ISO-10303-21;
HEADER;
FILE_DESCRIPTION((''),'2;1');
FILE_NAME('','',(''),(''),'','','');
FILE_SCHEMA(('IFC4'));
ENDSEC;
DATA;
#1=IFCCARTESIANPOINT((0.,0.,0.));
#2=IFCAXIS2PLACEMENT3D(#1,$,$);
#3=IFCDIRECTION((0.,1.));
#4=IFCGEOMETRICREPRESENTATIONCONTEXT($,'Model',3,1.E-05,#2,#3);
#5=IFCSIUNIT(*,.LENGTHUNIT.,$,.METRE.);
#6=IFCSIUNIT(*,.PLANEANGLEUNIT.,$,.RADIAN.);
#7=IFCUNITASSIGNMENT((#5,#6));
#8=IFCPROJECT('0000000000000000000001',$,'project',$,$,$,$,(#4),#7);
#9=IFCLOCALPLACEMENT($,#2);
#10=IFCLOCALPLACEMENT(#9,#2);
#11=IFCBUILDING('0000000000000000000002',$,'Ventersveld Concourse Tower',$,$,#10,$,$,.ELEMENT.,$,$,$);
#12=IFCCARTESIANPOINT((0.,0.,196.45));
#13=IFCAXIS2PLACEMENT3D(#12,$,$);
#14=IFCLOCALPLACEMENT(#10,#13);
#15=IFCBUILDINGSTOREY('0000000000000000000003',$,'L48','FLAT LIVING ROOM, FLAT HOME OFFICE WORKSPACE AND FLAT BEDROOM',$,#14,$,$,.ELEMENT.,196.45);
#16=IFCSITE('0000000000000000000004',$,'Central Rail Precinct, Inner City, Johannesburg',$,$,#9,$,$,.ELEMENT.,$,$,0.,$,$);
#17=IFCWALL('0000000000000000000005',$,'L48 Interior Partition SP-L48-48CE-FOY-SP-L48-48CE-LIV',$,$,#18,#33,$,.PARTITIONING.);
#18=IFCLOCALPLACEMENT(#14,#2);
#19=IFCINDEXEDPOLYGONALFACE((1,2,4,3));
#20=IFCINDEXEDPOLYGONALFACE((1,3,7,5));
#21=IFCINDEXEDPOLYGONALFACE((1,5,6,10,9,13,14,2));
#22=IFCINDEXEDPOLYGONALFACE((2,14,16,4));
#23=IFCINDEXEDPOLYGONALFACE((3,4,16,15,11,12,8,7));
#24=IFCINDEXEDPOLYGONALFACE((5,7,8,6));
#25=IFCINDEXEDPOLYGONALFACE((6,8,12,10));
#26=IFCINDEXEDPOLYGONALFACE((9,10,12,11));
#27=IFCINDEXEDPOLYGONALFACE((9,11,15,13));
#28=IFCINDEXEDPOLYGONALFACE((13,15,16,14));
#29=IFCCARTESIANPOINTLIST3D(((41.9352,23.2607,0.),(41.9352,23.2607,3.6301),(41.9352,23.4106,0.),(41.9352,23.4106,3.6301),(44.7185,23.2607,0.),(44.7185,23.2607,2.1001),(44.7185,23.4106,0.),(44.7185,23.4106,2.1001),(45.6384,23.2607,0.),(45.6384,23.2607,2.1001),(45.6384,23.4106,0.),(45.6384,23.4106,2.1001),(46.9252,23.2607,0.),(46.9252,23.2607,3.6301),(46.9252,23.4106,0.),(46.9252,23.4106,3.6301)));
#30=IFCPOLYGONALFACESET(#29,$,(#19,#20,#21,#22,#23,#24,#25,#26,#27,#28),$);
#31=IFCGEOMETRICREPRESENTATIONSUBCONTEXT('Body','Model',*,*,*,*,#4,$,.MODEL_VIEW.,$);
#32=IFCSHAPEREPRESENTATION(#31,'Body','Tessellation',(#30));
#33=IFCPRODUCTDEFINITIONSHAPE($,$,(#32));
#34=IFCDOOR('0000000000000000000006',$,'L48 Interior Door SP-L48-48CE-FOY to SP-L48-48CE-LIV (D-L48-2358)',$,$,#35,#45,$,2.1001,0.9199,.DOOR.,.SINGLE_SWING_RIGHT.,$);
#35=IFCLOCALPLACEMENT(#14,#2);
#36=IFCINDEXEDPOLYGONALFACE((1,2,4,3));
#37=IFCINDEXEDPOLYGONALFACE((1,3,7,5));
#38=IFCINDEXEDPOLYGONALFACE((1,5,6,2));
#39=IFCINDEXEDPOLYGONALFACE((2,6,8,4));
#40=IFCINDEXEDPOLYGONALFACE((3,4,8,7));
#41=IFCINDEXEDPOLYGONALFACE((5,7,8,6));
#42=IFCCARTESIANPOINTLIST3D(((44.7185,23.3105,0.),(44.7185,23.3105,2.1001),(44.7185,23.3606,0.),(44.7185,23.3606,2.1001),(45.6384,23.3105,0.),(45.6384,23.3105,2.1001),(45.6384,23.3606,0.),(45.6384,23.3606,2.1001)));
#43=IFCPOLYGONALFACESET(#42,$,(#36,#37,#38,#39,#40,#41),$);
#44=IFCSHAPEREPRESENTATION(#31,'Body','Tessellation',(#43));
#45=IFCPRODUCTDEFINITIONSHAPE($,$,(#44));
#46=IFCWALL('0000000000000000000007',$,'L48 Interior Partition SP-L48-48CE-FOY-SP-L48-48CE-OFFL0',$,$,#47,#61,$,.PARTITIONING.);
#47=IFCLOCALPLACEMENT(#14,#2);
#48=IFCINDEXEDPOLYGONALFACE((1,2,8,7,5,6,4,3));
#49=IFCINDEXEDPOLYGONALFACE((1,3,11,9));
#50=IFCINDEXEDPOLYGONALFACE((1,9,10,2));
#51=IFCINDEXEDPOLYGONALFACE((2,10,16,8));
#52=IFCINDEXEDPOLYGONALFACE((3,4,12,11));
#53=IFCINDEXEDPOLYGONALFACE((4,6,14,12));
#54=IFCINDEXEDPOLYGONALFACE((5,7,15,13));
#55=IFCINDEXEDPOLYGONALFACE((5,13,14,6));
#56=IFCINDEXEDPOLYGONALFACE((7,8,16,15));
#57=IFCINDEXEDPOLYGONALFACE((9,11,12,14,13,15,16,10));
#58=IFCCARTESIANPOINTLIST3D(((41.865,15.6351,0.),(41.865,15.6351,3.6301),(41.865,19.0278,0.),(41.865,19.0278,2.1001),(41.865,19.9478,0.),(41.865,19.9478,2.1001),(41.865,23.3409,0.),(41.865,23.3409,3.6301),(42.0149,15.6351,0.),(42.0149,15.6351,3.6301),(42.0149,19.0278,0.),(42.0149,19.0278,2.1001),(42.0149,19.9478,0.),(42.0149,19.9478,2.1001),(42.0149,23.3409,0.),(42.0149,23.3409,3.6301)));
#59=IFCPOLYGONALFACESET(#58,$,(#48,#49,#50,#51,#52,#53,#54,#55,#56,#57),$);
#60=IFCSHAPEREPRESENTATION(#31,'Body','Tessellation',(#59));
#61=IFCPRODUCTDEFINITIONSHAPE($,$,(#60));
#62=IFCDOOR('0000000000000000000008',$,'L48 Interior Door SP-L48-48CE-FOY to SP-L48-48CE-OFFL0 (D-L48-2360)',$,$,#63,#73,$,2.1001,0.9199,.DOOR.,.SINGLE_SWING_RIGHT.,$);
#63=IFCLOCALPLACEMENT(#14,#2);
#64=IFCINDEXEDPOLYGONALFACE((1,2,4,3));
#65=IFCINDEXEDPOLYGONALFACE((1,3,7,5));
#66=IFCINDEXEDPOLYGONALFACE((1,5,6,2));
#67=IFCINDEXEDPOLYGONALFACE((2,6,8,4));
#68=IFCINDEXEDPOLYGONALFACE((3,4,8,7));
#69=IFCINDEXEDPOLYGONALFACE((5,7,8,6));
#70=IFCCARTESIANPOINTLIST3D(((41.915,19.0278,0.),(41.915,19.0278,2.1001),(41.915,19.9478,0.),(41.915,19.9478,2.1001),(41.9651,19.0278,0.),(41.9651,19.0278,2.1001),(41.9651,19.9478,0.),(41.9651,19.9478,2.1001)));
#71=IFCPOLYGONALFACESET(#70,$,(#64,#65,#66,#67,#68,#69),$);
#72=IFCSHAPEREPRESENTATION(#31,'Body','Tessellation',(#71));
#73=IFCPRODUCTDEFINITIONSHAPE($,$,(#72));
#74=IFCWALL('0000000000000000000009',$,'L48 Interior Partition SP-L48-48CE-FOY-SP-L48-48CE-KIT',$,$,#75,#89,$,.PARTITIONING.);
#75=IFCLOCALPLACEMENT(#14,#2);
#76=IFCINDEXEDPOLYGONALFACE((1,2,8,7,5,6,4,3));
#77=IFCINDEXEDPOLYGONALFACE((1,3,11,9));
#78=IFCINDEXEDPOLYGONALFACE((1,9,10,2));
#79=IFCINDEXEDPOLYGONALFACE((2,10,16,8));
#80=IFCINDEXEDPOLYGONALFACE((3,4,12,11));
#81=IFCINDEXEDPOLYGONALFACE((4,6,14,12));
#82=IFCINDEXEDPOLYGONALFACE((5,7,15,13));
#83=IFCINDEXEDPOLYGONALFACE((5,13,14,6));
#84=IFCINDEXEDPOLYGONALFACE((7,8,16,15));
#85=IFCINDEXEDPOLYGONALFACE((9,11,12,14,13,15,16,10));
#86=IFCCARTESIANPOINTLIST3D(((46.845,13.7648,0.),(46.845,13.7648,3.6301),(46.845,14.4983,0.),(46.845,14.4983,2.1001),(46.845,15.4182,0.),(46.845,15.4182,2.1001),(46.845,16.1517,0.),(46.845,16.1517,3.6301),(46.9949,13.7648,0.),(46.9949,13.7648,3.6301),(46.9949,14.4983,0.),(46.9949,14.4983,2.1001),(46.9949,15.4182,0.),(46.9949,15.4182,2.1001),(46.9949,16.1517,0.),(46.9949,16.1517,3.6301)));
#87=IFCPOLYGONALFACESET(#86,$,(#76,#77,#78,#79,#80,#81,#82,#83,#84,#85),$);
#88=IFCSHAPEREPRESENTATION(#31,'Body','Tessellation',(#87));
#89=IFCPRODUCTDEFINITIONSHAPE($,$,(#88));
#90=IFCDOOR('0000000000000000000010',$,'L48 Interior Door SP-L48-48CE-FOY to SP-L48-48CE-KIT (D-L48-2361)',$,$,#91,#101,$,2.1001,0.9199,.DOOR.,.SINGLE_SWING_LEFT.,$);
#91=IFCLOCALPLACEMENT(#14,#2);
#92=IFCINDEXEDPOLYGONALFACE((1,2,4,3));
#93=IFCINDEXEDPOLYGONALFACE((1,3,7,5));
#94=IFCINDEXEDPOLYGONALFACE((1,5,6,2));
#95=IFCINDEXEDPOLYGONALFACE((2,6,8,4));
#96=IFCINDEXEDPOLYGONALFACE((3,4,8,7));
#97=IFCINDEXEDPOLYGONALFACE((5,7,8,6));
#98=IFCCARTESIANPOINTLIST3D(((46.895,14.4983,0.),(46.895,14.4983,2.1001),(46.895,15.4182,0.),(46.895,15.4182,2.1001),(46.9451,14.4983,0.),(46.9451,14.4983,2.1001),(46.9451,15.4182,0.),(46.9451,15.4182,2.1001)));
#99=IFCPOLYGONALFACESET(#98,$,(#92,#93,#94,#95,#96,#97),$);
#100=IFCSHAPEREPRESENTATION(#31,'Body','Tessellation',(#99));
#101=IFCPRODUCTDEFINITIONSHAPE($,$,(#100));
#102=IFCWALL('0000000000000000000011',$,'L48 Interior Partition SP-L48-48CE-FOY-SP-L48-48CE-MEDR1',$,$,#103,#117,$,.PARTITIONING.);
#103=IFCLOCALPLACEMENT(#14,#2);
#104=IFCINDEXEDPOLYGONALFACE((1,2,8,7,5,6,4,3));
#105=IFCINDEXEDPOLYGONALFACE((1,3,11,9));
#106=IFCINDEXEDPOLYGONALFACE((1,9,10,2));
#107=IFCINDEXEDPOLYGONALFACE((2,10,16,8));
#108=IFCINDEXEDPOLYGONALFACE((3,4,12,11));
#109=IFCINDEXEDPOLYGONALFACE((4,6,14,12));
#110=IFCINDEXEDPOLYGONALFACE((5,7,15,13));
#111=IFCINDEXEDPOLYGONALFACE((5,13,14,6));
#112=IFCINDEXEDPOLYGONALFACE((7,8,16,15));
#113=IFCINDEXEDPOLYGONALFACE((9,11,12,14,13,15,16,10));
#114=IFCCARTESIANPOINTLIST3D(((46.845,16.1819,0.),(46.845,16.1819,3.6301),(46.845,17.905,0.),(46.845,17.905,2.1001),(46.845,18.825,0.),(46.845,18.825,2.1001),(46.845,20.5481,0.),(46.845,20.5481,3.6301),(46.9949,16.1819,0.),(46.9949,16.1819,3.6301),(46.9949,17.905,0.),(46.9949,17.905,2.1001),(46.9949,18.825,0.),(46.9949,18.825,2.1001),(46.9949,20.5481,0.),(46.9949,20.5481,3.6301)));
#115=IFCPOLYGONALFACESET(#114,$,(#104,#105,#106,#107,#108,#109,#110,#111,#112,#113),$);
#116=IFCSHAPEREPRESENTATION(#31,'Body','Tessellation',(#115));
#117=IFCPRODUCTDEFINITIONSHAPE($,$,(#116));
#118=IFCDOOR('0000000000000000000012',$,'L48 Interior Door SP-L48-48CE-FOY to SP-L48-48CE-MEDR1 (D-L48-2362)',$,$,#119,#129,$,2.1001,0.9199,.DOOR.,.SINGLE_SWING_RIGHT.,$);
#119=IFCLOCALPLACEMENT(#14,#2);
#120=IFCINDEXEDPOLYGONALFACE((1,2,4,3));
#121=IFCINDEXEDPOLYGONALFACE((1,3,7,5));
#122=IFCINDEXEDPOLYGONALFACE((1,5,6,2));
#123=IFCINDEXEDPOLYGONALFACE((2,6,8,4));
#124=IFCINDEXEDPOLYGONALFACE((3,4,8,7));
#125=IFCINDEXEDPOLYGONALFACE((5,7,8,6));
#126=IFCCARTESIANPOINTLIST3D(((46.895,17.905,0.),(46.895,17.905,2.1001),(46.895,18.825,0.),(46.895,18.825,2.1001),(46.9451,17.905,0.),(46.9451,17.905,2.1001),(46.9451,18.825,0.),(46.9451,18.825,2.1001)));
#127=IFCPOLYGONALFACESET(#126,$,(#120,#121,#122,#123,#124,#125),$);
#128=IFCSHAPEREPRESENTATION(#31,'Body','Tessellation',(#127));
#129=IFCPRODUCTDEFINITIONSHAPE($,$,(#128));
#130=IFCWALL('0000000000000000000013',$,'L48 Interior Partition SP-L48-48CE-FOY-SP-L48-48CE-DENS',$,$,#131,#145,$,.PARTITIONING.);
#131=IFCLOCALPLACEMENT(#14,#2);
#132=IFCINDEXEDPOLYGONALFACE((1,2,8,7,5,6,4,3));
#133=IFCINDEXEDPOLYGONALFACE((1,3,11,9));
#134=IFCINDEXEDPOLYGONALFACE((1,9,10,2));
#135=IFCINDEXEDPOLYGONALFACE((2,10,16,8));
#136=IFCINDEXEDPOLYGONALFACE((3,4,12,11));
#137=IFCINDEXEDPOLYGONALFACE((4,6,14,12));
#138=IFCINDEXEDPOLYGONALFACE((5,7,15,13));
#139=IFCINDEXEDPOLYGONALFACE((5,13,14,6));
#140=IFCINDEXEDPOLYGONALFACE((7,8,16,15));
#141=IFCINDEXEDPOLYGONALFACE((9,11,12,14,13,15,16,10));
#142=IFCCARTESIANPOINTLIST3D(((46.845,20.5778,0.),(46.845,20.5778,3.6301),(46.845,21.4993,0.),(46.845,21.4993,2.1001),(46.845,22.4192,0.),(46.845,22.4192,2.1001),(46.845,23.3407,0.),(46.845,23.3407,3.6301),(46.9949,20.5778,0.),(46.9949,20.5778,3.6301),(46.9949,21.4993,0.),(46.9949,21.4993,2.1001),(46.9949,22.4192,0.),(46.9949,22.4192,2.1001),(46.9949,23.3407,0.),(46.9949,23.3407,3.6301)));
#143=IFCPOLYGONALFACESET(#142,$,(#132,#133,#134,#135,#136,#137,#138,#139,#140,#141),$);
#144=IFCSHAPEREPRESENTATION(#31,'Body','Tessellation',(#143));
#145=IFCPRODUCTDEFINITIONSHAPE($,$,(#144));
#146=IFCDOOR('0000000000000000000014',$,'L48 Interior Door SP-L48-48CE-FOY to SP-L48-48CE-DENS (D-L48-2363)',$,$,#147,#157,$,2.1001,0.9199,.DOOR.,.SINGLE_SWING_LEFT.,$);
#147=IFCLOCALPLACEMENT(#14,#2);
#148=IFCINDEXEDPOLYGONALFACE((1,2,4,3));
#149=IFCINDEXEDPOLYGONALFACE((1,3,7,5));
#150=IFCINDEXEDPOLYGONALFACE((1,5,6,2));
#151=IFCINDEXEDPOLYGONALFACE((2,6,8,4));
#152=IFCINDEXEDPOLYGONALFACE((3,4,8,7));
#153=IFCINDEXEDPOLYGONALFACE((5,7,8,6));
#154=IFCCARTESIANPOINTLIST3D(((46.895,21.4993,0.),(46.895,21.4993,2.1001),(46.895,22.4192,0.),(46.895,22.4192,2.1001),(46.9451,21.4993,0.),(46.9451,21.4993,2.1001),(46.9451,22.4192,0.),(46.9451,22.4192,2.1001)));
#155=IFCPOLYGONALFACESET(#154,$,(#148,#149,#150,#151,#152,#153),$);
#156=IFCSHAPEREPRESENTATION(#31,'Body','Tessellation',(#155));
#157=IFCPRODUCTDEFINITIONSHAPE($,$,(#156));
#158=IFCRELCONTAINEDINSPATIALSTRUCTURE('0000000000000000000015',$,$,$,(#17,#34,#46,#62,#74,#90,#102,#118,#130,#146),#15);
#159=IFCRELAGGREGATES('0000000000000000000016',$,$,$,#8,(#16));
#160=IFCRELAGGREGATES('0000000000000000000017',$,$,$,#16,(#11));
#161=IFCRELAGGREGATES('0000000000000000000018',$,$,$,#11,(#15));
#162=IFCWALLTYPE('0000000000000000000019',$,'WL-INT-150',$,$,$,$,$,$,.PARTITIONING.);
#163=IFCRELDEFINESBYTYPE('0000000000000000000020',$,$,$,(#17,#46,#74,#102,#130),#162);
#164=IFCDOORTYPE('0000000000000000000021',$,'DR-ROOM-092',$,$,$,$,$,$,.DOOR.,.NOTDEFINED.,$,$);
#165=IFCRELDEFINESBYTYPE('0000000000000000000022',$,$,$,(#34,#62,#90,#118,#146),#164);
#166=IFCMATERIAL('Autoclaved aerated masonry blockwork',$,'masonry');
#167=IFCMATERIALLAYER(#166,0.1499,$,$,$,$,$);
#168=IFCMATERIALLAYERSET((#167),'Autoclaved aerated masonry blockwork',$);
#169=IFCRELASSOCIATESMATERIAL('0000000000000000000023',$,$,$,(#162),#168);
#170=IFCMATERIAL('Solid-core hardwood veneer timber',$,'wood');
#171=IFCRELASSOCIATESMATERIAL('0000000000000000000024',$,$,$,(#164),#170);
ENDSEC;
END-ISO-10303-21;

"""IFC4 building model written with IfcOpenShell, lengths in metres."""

from ifc_helpers import new_model, si_unit, direction, frame, frame_2d, origin, place, context, subcontext, project, spatial, rectangle, extrude, material, layer, layer_set, type_object, element, fill, save


model = new_model("IFC4")

# Units and contexts
model_context = context("Model", 3, precision=1e-05, world=origin(), true_north=direction((0.0, 1.0)))
body_context = subcontext(model_context, "Body", "Model", "MODEL_VIEW")
ifc_project = project(units=[si_unit("LENGTHUNIT", "METRE"), si_unit("PLANEANGLEUNIT", "RADIAN")], contexts=[model_context])

# Site, building, storey
site_placement = place(None, origin())
site = spatial("IfcSite", under=ifc_project, at=site_placement, Name="Central Rail Precinct, Inner City, Johannesburg", CompositionType="ELEMENT", RefElevation=0.0)
building_placement = place(site_placement, origin())
building = spatial("IfcBuilding", under=site, at=building_placement, Name="Ventersveld Concourse Tower", CompositionType="ELEMENT")
storey_placement = place(building_placement, frame((0.0, 0.0, 196.45)))
storey = spatial("IfcBuildingStorey", under=building, at=storey_placement, Name="L48", Description="FLAT LIVING ROOM, FLAT HOME OFFICE WORKSPACE AND FLAT BEDROOM", CompositionType="ELEMENT", Elevation=196.45)

# Shared definitions
ifc_material_1 = material(Name="Solid-core hardwood veneer timber", Category="wood")

# Walls, openings, doors
ifc_material_2 = material(Name="Autoclaved aerated masonry blockwork", Category="masonry")
ifc_layer_1 = layer(ifc_material_2, 0.1499)
ifc_layer_set_1 = layer_set([ifc_layer_1], Name="Autoclaved aerated masonry blockwork")
wall_type_1 = type_object("IfcWallType", Name="WL-INT-150", PredefinedType="PARTITIONING", material=ifc_layer_set_1)
wall_1_placement = place(storey_placement, frame((41.9351, 23.3357, 0.0), z_axis=(0.0, 0.0, 1.0), x_axis=(1.0, 0.0, 0.0)))
wall_1 = element("IfcWall", 1, at=wall_1_placement, inside=storey, type_object=wall_type_1, Name="L48 Interior Partition SP-L48-48CE-FOY-SP-L48-48CE-LIV", PredefinedType="PARTITIONING", context=body_context, shape_type="SweptSolid", body=[
    extrude(rectangle(XDim=4.99, YDim=0.1499, at=frame_2d((2.4951, 0.0))), origin(), (0.0, 0.0, 1.0), 3.6301),
])
opening_1_placement = place(wall_1_placement, frame((2.7834, 0.0, 0.0)))
opening_1 = element("IfcOpeningElement", 2, at=opening_1_placement, cuts=wall_1, PredefinedType="OPENING", context=body_context, shape_type="SweptSolid", body=[
    extrude(rectangle(XDim=0.9199, YDim=2.1001, at=frame_2d((0.46, 1.05))), frame((0.0, 0.085, 0.0), z_axis=(0.0, -1.0, 0.0), x_axis=(1.0, 0.0, 0.0)), (0.0, 0.0, 1.0), 0.1699),
])
door_type_1 = type_object("IfcDoorType", Name="DR-ROOM-092", OperationType="NOTDEFINED", PredefinedType="DOOR", material=ifc_material_1)
door_1_placement = place(opening_1_placement, origin())
door_1 = element("IfcDoor", 3, at=door_1_placement, inside=storey, type_object=door_type_1, Name="L48 Interior Door SP-L48-48CE-FOY to SP-L48-48CE-LIV (D-L48-2358)", OperationType="SINGLE_SWING_RIGHT", OverallHeight=2.1001, OverallWidth=0.9199, PredefinedType="DOOR", context=body_context, shape_type="SweptSolid", body=[
    extrude(rectangle(XDim=0.9199, YDim=2.1001, at=frame_2d((0.46, 1.05))), frame((0.0, 0.0249, 0.0), z_axis=(0.0, -1.0, 0.0), x_axis=(1.0, 0.0, 0.0)), (0.0, 0.0, 1.0), 0.05),
])
fill(opening_1, door_1)
wall_2_placement = place(storey_placement, frame((41.9399, 15.635, 0.0), z_axis=(0.0, 0.0, 1.0), x_axis=(0.0, 1.0, 0.0)))
wall_2 = element("IfcWall", 4, at=wall_2_placement, inside=storey, type_object=wall_type_1, Name="L48 Interior Partition SP-L48-48CE-FOY-SP-L48-48CE-OFFL0", PredefinedType="PARTITIONING", context=body_context, shape_type="SweptSolid", body=[
    extrude(rectangle(XDim=7.7058, YDim=0.1499, at=frame_2d((3.853, 0.0))), origin(), (0.0, 0.0, 1.0), 3.6301),
])
opening_2_placement = place(wall_2_placement, frame((3.3928, 0.0, 0.0)))
opening_2 = element("IfcOpeningElement", 5, at=opening_2_placement, cuts=wall_2, PredefinedType="OPENING", context=body_context, shape_type="SweptSolid", body=[
    extrude(rectangle(XDim=0.9199, YDim=2.1001, at=frame_2d((0.46, 1.05))), frame((0.0, 0.085, 0.0), z_axis=(0.0, -1.0, 0.0), x_axis=(1.0, 0.0, 0.0)), (0.0, 0.0, 1.0), 0.1699),
])
door_2_placement = place(opening_2_placement, origin())
door_2 = element("IfcDoor", 6, at=door_2_placement, inside=storey, type_object=door_type_1, Name="L48 Interior Door SP-L48-48CE-FOY to SP-L48-48CE-OFFL0 (D-L48-2360)", OperationType="SINGLE_SWING_RIGHT", OverallHeight=2.1001, OverallWidth=0.9199, PredefinedType="DOOR", context=body_context, shape_type="SweptSolid", body=[
    extrude(rectangle(XDim=0.9199, YDim=2.1001, at=frame_2d((0.46, 1.05))), frame((0.0, 0.0249, 0.0), z_axis=(0.0, -1.0, 0.0), x_axis=(1.0, 0.0, 0.0)), (0.0, 0.0, 1.0), 0.05),
])
fill(opening_2, door_2)
wall_3_placement = place(storey_placement, frame((46.9199, 13.7649, 0.0), z_axis=(0.0, 0.0, 1.0), x_axis=(0.0, 1.0, 0.0)))
wall_3 = element("IfcWall", 7, at=wall_3_placement, inside=storey, type_object=wall_type_1, Name="L48 Interior Partition SP-L48-48CE-FOY-SP-L48-48CE-KIT", PredefinedType="PARTITIONING", context=body_context, shape_type="SweptSolid", body=[
    extrude(rectangle(XDim=2.387, YDim=0.1499, at=frame_2d((1.1934, 0.0))), origin(), (0.0, 0.0, 1.0), 3.6301),
])
opening_3_placement = place(wall_3_placement, frame((0.7334, 0.0, 0.0)))
opening_3 = element("IfcOpeningElement", 8, at=opening_3_placement, cuts=wall_3, PredefinedType="OPENING", context=body_context, shape_type="SweptSolid", body=[
    extrude(rectangle(XDim=0.9199, YDim=2.1001, at=frame_2d((0.46, 1.05))), frame((0.0, 0.085, 0.0), z_axis=(0.0, -1.0, 0.0), x_axis=(1.0, 0.0, 0.0)), (0.0, 0.0, 1.0), 0.1699),
])
door_3_placement = place(opening_3_placement, origin())
door_3 = element("IfcDoor", 9, at=door_3_placement, inside=storey, type_object=door_type_1, Name="L48 Interior Door SP-L48-48CE-FOY to SP-L48-48CE-KIT (D-L48-2361)", OperationType="SINGLE_SWING_LEFT", OverallHeight=2.1001, OverallWidth=0.9199, PredefinedType="DOOR", context=body_context, shape_type="SweptSolid", body=[
    extrude(rectangle(XDim=0.9199, YDim=2.1001, at=frame_2d((0.46, 1.05))), frame((0.0, 0.0249, 0.0), z_axis=(0.0, -1.0, 0.0), x_axis=(1.0, 0.0, 0.0)), (0.0, 0.0, 1.0), 0.05),
])
fill(opening_3, door_3)
wall_4_placement = place(storey_placement, frame((46.9199, 16.1819, 0.0), z_axis=(0.0, 0.0, 1.0), x_axis=(0.0, 1.0, 0.0)))
wall_4 = element("IfcWall", 10, at=wall_4_placement, inside=storey, type_object=wall_type_1, Name="L48 Interior Partition SP-L48-48CE-FOY-SP-L48-48CE-MEDR1", PredefinedType="PARTITIONING", context=body_context, shape_type="SweptSolid", body=[
    extrude(rectangle(XDim=4.3662, YDim=0.1499, at=frame_2d((2.1831, 0.0))), origin(), (0.0, 0.0, 1.0), 3.6301),
])
opening_4_placement = place(wall_4_placement, frame((1.7231, 0.0, 0.0)))
opening_4 = element("IfcOpeningElement", 11, at=opening_4_placement, cuts=wall_4, PredefinedType="OPENING", context=body_context, shape_type="SweptSolid", body=[
    extrude(rectangle(XDim=0.9199, YDim=2.1001, at=frame_2d((0.46, 1.05))), frame((0.0, 0.085, 0.0), z_axis=(0.0, -1.0, 0.0), x_axis=(1.0, 0.0, 0.0)), (0.0, 0.0, 1.0), 0.1699),
])
door_4_placement = place(opening_4_placement, origin())
door_4 = element("IfcDoor", 12, at=door_4_placement, inside=storey, type_object=door_type_1, Name="L48 Interior Door SP-L48-48CE-FOY to SP-L48-48CE-MEDR1 (D-L48-2362)", OperationType="SINGLE_SWING_RIGHT", OverallHeight=2.1001, OverallWidth=0.9199, PredefinedType="DOOR", context=body_context, shape_type="SweptSolid", body=[
    extrude(rectangle(XDim=0.9199, YDim=2.1001, at=frame_2d((0.46, 1.05))), frame((0.0, 0.0249, 0.0), z_axis=(0.0, -1.0, 0.0), x_axis=(1.0, 0.0, 0.0)), (0.0, 0.0, 1.0), 0.05),
])
fill(opening_4, door_4)
wall_5_placement = place(storey_placement, frame((46.9199, 20.5779, 0.0), z_axis=(0.0, 0.0, 1.0), x_axis=(0.0, 1.0, 0.0)))
wall_5 = element("IfcWall", 13, at=wall_5_placement, inside=storey, type_object=wall_type_1, Name="L48 Interior Partition SP-L48-48CE-FOY-SP-L48-48CE-DENS", PredefinedType="PARTITIONING", context=body_context, shape_type="SweptSolid", body=[
    extrude(rectangle(XDim=2.7629, YDim=0.1499, at=frame_2d((1.3813, 0.0))), origin(), (0.0, 0.0, 1.0), 3.6301),
])
opening_5_placement = place(wall_5_placement, frame((0.9214, 0.0, 0.0)))
opening_5 = element("IfcOpeningElement", 14, at=opening_5_placement, cuts=wall_5, PredefinedType="OPENING", context=body_context, shape_type="SweptSolid", body=[
    extrude(rectangle(XDim=0.9199, YDim=2.1001, at=frame_2d((0.46, 1.05))), frame((0.0, 0.085, 0.0), z_axis=(0.0, -1.0, 0.0), x_axis=(1.0, 0.0, 0.0)), (0.0, 0.0, 1.0), 0.1699),
])
door_5_placement = place(opening_5_placement, origin())
door_5 = element("IfcDoor", 15, at=door_5_placement, inside=storey, type_object=door_type_1, Name="L48 Interior Door SP-L48-48CE-FOY to SP-L48-48CE-DENS (D-L48-2363)", OperationType="SINGLE_SWING_LEFT", OverallHeight=2.1001, OverallWidth=0.9199, PredefinedType="DOOR", context=body_context, shape_type="SweptSolid", body=[
    extrude(rectangle(XDim=0.9199, YDim=2.1001, at=frame_2d((0.46, 1.05))), frame((0.0, 0.0249, 0.0), z_axis=(0.0, -1.0, 0.0), x_axis=(1.0, 0.0, 0.0)), (0.0, 0.0, 1.0), 0.05),
])
fill(opening_5, door_5)

save(model, "model.ifc")
